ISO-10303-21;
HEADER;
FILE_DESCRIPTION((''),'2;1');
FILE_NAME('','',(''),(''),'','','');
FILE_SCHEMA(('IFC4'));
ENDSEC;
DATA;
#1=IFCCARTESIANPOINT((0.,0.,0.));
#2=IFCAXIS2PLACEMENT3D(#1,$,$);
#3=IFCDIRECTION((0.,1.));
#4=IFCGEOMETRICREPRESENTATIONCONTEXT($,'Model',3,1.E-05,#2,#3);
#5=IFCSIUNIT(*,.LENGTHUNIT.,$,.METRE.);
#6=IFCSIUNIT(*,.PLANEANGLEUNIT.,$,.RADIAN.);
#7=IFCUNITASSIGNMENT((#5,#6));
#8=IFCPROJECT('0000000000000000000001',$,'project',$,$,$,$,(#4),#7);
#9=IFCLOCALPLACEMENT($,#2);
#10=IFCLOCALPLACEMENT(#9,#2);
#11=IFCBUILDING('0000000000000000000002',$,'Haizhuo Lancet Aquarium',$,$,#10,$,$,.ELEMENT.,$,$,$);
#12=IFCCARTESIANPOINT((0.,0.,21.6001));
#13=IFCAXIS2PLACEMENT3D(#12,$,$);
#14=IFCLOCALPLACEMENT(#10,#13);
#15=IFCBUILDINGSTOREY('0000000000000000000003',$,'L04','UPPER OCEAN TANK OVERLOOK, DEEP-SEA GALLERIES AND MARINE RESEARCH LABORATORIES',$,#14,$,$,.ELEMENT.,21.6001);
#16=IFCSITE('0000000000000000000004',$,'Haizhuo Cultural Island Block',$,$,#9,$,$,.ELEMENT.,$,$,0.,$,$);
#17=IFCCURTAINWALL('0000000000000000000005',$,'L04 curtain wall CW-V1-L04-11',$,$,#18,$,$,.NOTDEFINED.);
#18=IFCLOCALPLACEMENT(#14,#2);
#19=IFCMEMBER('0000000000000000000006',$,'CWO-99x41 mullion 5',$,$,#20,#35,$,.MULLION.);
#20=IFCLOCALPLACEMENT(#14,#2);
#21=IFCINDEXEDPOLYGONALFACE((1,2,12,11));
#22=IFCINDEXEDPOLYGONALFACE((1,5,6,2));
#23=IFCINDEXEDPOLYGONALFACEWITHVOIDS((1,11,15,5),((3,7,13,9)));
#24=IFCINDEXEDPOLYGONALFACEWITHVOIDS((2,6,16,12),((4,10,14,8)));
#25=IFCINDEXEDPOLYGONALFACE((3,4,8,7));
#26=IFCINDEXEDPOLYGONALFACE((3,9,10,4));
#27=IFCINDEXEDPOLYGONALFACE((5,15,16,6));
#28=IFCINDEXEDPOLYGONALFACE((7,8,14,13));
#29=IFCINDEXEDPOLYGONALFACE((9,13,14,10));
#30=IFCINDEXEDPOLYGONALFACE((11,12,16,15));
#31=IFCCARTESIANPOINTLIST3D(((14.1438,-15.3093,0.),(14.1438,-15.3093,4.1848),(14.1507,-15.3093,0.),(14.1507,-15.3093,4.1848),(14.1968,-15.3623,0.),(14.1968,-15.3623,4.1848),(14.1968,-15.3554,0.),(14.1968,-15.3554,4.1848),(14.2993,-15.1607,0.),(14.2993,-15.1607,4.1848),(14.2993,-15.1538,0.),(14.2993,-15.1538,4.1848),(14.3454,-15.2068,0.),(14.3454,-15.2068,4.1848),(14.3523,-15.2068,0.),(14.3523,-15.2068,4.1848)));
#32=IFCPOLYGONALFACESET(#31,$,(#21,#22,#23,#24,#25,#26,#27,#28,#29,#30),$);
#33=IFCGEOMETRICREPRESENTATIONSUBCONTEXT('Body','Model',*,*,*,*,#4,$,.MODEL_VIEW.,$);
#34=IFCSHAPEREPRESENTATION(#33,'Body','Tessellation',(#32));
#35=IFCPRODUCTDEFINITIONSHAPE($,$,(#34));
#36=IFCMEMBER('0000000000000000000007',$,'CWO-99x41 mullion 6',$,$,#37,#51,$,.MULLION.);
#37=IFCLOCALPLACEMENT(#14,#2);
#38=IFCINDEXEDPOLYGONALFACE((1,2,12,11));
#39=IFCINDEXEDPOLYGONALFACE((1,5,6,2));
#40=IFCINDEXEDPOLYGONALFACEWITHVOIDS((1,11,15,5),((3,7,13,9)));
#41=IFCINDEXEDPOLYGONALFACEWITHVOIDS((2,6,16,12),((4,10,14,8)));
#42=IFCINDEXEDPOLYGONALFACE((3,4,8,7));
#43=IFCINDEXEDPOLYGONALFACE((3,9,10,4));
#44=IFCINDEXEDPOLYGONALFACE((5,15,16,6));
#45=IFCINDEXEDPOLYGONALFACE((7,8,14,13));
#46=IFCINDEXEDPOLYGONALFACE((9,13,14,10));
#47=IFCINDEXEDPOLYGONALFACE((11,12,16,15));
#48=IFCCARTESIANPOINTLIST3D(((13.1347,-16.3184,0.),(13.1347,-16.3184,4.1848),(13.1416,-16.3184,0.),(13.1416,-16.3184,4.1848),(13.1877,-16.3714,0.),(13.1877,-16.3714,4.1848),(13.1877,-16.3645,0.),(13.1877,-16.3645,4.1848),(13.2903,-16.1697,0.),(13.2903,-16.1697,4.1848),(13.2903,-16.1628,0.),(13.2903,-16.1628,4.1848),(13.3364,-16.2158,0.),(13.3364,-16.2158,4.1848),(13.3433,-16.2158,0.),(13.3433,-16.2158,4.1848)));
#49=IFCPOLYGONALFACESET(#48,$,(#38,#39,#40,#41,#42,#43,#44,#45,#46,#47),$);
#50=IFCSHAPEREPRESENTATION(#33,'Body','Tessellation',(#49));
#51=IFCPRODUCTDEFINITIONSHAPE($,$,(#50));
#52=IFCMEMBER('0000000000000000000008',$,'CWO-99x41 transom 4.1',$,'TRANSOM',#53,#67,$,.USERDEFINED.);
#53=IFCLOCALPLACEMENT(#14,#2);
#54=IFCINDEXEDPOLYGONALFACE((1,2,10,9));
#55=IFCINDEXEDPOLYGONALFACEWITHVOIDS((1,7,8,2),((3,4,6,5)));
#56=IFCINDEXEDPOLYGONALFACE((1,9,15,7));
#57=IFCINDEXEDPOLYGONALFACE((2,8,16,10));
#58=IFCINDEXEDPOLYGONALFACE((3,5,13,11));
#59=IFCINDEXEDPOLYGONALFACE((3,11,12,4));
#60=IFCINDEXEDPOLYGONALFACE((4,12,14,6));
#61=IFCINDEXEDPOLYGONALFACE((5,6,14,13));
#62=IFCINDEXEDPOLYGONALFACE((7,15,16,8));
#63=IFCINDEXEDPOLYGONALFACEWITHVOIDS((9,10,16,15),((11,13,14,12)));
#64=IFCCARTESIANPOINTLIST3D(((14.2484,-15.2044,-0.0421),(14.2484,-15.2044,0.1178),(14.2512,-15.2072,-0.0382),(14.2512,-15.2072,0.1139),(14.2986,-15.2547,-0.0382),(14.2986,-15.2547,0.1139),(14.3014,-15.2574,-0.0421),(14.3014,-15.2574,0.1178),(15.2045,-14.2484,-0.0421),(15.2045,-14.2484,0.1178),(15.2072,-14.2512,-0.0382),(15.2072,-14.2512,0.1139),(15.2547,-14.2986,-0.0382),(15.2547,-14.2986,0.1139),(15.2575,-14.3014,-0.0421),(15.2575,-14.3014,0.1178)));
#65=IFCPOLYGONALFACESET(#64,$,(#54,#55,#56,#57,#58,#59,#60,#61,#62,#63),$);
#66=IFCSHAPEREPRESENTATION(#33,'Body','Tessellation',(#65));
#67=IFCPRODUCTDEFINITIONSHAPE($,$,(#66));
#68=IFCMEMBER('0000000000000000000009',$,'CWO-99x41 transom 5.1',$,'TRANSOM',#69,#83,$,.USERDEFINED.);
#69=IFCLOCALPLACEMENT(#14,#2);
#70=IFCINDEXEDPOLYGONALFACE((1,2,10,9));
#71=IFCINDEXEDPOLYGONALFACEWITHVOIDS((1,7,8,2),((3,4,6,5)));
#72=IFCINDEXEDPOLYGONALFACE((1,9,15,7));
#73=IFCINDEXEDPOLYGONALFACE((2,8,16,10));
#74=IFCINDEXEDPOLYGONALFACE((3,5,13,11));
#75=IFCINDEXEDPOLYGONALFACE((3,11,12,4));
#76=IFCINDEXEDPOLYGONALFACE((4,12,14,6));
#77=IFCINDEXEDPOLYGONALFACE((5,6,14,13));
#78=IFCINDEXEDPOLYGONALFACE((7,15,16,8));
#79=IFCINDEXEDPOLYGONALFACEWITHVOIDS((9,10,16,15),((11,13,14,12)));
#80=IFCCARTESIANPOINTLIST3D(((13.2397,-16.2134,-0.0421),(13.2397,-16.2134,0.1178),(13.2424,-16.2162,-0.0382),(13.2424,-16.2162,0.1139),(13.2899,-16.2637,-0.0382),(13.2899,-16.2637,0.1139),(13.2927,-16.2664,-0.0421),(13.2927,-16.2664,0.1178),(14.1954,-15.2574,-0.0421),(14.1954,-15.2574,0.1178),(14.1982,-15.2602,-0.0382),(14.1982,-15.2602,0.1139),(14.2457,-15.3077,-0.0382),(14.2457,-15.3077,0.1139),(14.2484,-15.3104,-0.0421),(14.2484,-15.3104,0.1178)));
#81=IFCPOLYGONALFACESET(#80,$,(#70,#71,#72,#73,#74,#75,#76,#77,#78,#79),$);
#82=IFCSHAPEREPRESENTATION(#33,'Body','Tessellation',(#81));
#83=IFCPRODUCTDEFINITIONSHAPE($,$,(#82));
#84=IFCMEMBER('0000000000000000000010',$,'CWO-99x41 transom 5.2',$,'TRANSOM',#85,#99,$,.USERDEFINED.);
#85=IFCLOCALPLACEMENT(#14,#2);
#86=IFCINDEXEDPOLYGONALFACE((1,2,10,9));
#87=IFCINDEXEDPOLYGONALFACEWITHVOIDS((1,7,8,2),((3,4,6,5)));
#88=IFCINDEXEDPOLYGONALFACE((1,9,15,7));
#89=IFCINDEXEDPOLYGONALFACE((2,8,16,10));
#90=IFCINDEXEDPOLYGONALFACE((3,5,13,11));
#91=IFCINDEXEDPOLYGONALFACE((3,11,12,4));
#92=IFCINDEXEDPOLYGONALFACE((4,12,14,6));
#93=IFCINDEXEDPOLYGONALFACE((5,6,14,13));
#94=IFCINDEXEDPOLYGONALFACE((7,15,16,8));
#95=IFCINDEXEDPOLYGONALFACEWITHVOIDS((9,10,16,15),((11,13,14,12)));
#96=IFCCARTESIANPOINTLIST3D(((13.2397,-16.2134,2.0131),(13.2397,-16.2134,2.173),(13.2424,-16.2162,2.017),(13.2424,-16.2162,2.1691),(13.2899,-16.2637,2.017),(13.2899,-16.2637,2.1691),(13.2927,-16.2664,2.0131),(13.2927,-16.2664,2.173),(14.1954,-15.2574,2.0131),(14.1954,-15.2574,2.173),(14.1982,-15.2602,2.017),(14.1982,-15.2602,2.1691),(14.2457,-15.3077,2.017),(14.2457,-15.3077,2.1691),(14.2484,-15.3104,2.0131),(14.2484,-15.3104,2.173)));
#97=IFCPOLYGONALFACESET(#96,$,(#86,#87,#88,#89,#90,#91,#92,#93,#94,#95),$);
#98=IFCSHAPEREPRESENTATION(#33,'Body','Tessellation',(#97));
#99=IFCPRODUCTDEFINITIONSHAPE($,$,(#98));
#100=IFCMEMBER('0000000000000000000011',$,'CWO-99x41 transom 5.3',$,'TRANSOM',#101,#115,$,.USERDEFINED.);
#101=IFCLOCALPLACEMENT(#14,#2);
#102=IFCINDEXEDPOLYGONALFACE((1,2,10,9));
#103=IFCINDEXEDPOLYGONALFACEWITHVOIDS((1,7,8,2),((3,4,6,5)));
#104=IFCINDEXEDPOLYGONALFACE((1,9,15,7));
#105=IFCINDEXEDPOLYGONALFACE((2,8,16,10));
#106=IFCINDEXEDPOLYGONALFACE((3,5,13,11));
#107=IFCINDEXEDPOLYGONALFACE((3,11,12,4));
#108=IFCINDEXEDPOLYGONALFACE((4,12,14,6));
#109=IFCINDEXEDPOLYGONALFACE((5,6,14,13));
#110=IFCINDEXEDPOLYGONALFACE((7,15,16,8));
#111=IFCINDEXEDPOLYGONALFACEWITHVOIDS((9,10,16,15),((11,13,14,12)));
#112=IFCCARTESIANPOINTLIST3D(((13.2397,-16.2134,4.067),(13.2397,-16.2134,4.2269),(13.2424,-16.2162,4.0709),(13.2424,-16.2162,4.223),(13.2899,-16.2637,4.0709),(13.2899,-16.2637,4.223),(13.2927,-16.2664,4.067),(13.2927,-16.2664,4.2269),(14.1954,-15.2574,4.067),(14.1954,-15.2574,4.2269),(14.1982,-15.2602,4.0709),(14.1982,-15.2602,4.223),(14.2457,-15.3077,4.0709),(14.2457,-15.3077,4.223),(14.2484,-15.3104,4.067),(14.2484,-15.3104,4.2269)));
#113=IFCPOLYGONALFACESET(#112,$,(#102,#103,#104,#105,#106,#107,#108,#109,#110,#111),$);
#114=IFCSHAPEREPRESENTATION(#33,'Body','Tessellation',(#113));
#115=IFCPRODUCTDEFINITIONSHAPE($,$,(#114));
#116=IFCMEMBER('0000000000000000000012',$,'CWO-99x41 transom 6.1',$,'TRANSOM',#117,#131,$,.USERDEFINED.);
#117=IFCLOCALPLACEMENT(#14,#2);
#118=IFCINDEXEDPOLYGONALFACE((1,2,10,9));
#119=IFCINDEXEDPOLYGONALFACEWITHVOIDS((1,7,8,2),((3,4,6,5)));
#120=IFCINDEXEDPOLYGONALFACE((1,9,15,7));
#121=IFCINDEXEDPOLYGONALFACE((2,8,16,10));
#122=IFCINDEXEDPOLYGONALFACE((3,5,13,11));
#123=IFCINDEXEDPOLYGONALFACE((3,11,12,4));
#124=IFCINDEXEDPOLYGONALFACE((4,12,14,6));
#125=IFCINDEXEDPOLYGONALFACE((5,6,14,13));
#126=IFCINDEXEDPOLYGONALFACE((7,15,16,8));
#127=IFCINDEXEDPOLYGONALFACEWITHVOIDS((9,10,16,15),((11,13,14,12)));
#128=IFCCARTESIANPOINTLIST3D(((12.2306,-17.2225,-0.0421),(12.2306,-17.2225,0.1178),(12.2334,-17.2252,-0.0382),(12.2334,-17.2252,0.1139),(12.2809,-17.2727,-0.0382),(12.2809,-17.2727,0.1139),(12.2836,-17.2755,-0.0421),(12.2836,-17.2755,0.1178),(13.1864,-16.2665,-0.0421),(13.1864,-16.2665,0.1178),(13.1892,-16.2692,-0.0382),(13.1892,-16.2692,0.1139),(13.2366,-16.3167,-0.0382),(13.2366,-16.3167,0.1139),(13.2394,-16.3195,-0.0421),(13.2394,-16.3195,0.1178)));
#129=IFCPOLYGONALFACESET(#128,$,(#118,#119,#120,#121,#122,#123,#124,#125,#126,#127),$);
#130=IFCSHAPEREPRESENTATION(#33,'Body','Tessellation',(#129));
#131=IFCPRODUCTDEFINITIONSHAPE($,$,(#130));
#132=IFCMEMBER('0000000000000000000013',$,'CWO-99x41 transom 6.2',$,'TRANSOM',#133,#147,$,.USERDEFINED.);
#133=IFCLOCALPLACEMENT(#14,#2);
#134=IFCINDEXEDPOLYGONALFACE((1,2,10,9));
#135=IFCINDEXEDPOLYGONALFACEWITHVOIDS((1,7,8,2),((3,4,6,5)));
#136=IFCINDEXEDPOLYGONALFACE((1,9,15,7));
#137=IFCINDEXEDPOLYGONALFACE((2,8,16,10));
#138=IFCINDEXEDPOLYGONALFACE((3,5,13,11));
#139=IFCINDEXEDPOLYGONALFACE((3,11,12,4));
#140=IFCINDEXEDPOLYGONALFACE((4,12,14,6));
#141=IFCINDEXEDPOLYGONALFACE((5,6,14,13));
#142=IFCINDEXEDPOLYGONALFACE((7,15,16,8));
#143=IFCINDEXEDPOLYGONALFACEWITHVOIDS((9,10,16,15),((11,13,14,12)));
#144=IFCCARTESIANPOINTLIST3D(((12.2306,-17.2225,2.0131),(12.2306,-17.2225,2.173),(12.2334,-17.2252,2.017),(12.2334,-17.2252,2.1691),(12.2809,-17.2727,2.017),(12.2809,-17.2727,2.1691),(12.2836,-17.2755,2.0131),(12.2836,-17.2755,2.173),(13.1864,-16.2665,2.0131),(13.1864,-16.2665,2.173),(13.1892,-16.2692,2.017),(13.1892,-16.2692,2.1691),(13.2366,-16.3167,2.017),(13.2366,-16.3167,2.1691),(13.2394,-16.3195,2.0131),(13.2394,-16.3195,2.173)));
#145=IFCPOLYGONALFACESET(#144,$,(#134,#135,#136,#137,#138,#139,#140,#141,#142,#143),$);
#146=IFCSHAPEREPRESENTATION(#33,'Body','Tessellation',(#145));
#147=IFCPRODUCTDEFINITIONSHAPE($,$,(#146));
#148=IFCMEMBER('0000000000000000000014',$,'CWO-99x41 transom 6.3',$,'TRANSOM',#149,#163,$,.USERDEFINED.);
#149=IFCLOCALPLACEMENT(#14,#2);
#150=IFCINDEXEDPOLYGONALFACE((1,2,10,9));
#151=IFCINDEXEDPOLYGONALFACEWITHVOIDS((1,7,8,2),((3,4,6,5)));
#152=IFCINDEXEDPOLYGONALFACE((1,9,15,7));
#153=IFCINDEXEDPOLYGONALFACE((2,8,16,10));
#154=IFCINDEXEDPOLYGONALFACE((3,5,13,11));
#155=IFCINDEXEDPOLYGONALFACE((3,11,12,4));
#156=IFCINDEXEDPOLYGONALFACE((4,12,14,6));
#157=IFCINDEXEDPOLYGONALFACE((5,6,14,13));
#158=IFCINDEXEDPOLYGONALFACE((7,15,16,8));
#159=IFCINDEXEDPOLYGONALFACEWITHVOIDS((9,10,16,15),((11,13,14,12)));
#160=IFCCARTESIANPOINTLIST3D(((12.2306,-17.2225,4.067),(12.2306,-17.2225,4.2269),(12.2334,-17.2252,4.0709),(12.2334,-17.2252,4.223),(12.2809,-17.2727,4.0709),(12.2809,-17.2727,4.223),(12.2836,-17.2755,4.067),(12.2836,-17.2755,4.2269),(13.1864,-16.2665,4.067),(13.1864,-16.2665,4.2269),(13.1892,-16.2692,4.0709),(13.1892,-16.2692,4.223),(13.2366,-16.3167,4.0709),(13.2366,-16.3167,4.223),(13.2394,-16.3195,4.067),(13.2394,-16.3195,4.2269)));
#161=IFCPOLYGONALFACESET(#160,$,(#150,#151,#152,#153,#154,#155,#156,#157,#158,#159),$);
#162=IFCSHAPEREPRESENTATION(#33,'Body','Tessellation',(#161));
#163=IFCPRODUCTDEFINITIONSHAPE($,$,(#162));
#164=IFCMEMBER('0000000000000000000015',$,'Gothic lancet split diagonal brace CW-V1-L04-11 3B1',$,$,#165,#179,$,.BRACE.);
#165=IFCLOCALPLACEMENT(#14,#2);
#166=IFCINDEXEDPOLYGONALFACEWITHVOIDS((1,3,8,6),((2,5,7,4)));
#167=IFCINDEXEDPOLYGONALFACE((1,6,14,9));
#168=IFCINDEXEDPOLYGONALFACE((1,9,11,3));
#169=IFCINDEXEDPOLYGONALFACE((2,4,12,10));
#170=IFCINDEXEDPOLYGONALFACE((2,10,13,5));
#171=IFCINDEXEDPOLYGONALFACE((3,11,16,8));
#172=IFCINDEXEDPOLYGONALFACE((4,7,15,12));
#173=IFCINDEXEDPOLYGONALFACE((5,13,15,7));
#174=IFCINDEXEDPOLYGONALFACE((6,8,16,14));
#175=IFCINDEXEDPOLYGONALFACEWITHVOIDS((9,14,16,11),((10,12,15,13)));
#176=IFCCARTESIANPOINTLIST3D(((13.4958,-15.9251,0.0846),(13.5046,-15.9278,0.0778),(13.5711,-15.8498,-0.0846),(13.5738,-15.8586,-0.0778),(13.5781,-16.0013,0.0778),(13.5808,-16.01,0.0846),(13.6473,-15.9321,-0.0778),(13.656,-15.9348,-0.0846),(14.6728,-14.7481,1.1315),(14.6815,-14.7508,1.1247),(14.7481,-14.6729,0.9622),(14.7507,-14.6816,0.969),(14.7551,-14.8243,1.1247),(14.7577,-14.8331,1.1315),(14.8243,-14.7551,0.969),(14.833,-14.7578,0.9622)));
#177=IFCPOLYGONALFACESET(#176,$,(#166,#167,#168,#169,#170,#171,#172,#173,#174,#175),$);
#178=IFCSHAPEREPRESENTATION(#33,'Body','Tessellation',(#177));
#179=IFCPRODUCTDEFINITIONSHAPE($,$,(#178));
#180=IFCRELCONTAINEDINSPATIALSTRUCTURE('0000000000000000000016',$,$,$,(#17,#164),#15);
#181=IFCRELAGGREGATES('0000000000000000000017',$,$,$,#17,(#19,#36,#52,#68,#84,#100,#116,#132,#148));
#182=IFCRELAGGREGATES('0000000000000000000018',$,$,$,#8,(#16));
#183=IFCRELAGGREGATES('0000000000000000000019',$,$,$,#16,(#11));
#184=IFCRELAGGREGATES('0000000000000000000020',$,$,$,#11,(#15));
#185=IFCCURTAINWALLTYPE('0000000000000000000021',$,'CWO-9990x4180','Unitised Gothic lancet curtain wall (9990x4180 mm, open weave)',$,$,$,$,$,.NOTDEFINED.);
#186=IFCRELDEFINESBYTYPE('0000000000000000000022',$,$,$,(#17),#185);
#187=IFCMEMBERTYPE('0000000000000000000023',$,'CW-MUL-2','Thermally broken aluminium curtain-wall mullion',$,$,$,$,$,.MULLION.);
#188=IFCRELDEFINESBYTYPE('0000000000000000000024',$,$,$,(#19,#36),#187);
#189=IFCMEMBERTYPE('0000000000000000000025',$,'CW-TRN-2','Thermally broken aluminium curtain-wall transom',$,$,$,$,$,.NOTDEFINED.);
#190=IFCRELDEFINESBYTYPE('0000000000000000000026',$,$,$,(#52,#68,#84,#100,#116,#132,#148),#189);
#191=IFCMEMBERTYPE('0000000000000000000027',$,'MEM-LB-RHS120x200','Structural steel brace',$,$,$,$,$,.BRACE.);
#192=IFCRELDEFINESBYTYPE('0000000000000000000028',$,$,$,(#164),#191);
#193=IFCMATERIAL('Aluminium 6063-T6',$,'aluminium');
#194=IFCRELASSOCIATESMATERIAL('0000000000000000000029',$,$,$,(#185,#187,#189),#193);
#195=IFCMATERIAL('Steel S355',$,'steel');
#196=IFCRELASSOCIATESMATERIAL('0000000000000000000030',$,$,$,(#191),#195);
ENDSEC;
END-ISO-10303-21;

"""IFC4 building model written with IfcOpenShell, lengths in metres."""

from ifc_helpers import new_model, si_unit, direction, frame, origin, origin_2d, place, context, subcontext, project, spatial, hollow_rectangle, extrude, material, material_profile, profile_set, type_object, element, aggregate, save


model = new_model("IFC4")

# Units and contexts
model_context = context("Model", 3, precision=1e-05, world=origin(), true_north=direction((0.0, 1.0)))
body_context = subcontext(model_context, "Body", "Model", "MODEL_VIEW")
ifc_project = project(units=[si_unit("LENGTHUNIT", "METRE"), si_unit("PLANEANGLEUNIT", "RADIAN")], contexts=[model_context])

# Site, building, storey
site_placement = place(None, origin())
site = spatial("IfcSite", under=ifc_project, at=site_placement, Name="Haizhuo Cultural Island Block", CompositionType="ELEMENT", RefElevation=0.0)
building_placement = place(site_placement, origin())
building = spatial("IfcBuilding", under=site, at=building_placement, Name="Haizhuo Lancet Aquarium", CompositionType="ELEMENT")
storey_placement = place(building_placement, frame((0.0, 0.0, 21.6001)))
storey = spatial("IfcBuildingStorey", under=building, at=storey_placement, Name="L04", Description="UPPER OCEAN TANK OVERLOOK, DEEP-SEA GALLERIES AND MARINE RESEARCH LABORATORIES", CompositionType="ELEMENT", Elevation=21.6001)

# Curtain wall, members
ifc_material_1 = material(Name="Aluminium 6063-T6", Category="aluminium")
curtain_wall_type = type_object("IfcCurtainWallType", Name="CWO-9990x4180", Description="Unitised Gothic lancet curtain wall (9990x4180 mm, open weave)", PredefinedType="NOTDEFINED", material=ifc_material_1)
curtain_wall_placement = place(storey_placement, origin())
curtain_wall = element("IfcCurtainWall", 1, at=curtain_wall_placement, inside=storey, type_object=curtain_wall_type, Name="L04 curtain wall CW-V1-L04-11", PredefinedType="NOTDEFINED")
ifc_material_profile_1 = material_profile(ifc_material_1, hollow_rectangle(XDim=0.075, YDim=0.22, WallThickness=0.0049, at=origin_2d()), Name="ALU-M 75x220x5")
ifc_profile_set_1 = profile_set([ifc_material_profile_1], Name="Aluminium 6063-T6")
member_type_1 = type_object("IfcMemberType", Name="CW-MUL-2", Description="Thermally broken aluminium curtain-wall mullion", PredefinedType="MULLION", material=ifc_profile_set_1)
member_1_placement = place(storey_placement, frame((14.248, -15.2581, 0.0), z_axis=(0.0, 0.0, 1.0), x_axis=(0.707107, -0.707107, 0.0)))
member_1 = element("IfcMember", 2, at=member_1_placement, type_object=member_type_1, Name="CWO-99x41 mullion 5", PredefinedType="MULLION", context=body_context, shape_type="SweptSolid", body=[
    extrude(hollow_rectangle(XDim=0.075, YDim=0.22, WallThickness=0.0049, at=origin_2d()), origin(), (0.0, 0.0, 1.0), 4.1848),
])
member_2_placement = place(storey_placement, frame((13.239, -16.2671, 0.0), z_axis=(0.0, 0.0, 1.0), x_axis=(0.707107, -0.707107, 0.0)))
member_2 = element("IfcMember", 3, at=member_2_placement, type_object=member_type_1, Name="CWO-99x41 mullion 6", PredefinedType="MULLION", context=body_context, shape_type="SweptSolid", body=[
    extrude(hollow_rectangle(XDim=0.075, YDim=0.22, WallThickness=0.0049, at=origin_2d()), origin(), (0.0, 0.0, 1.0), 4.1848),
])
ifc_material_profile_2 = material_profile(ifc_material_1, hollow_rectangle(XDim=0.075, YDim=0.1599, WallThickness=0.0039, at=origin_2d()), Name="ALU-T 75x160x4")
ifc_profile_set_2 = profile_set([ifc_material_profile_2], Name="Aluminium 6063-T6")
member_type_2 = type_object("IfcMemberType", Name="CW-TRN-2", Description="Thermally broken aluminium curtain-wall transom", PredefinedType="NOTDEFINED", material=ifc_profile_set_2)
member_3_placement = place(storey_placement, frame((15.231, -14.2749, 0.0378), z_axis=(-0.707107, -0.707107, 0.0), x_axis=(0.707107, -0.707107, 0.0)))
member_3 = element("IfcMember", 4, at=member_3_placement, type_object=member_type_2, Name="CWO-99x41 transom 4.1", ObjectType="TRANSOM", PredefinedType="USERDEFINED", context=body_context, shape_type="SweptSolid", body=[
    extrude(hollow_rectangle(XDim=0.075, YDim=0.1599, WallThickness=0.0039, at=origin_2d()), origin(), (0.0, 0.0, 1.0), 1.3521),
])
member_4_placement = place(storey_placement, frame((14.2219, -15.2839, 0.0378), z_axis=(-0.707016, -0.707197, 0.0), x_axis=(0.707197, -0.707016, 0.0)))
member_4 = element("IfcMember", 5, at=member_4_placement, type_object=member_type_2, Name="CWO-99x41 transom 5.1", ObjectType="TRANSOM", PredefinedType="USERDEFINED", context=body_context, shape_type="SweptSolid", body=[
    extrude(hollow_rectangle(XDim=0.075, YDim=0.1599, WallThickness=0.0039, at=origin_2d()), origin(), (0.0, 0.0, 1.0), 1.3518),
])
member_5_placement = place(storey_placement, frame((14.2219, -15.2839, 2.093), z_axis=(-0.707016, -0.707197, 0.0), x_axis=(0.707197, -0.707016, 0.0)))
member_5 = element("IfcMember", 6, at=member_5_placement, type_object=member_type_2, Name="CWO-99x41 transom 5.2", ObjectType="TRANSOM", PredefinedType="USERDEFINED", context=body_context, shape_type="SweptSolid", body=[
    extrude(hollow_rectangle(XDim=0.075, YDim=0.1599, WallThickness=0.0039, at=origin_2d()), origin(), (0.0, 0.0, 1.0), 1.3518),
])
member_6_placement = place(storey_placement, frame((14.2219, -15.2839, 4.147), z_axis=(-0.707016, -0.707197, 0.0), x_axis=(0.707197, -0.707016, 0.0)))
member_6 = element("IfcMember", 7, at=member_6_placement, type_object=member_type_2, Name="CWO-99x41 transom 5.3", ObjectType="TRANSOM", PredefinedType="USERDEFINED", context=body_context, shape_type="SweptSolid", body=[
    extrude(hollow_rectangle(XDim=0.075, YDim=0.1599, WallThickness=0.0039, at=origin_2d()), origin(), (0.0, 0.0, 1.0), 1.3518),
])
member_7_placement = place(storey_placement, frame((13.2129, -16.293, 0.0378), z_axis=(-0.707016, -0.707197, 0.0), x_axis=(0.707197, -0.707016, 0.0)))
member_7 = element("IfcMember", 8, at=member_7_placement, type_object=member_type_2, Name="CWO-99x41 transom 6.1", ObjectType="TRANSOM", PredefinedType="USERDEFINED", context=body_context, shape_type="SweptSolid", body=[
    extrude(hollow_rectangle(XDim=0.075, YDim=0.1599, WallThickness=0.0039, at=origin_2d()), origin(), (0.0, 0.0, 1.0), 1.3518),
])
member_8_placement = place(storey_placement, frame((13.2129, -16.293, 2.093), z_axis=(-0.707016, -0.707197, 0.0), x_axis=(0.707197, -0.707016, 0.0)))
member_8 = element("IfcMember", 9, at=member_8_placement, type_object=member_type_2, Name="CWO-99x41 transom 6.2", ObjectType="TRANSOM", PredefinedType="USERDEFINED", context=body_context, shape_type="SweptSolid", body=[
    extrude(hollow_rectangle(XDim=0.075, YDim=0.1599, WallThickness=0.0039, at=origin_2d()), origin(), (0.0, 0.0, 1.0), 1.3518),
])
member_9_placement = place(storey_placement, frame((13.2129, -16.293, 4.147), z_axis=(-0.707016, -0.707197, 0.0), x_axis=(0.707197, -0.707016, 0.0)))
member_9 = element("IfcMember", 10, at=member_9_placement, type_object=member_type_2, Name="CWO-99x41 transom 6.3", ObjectType="TRANSOM", PredefinedType="USERDEFINED", context=body_context, shape_type="SweptSolid", body=[
    extrude(hollow_rectangle(XDim=0.075, YDim=0.1599, WallThickness=0.0039, at=origin_2d()), origin(), (0.0, 0.0, 1.0), 1.3518),
])

# Member
ifc_material_2 = material(Name="Steel S355", Category="steel")
ifc_material_profile_3 = material_profile(ifc_material_2, hollow_rectangle(XDim=0.1201, YDim=0.2, WallThickness=0.0081, at=origin_2d()), Name="RHS 120x200x8")
ifc_profile_set_3 = profile_set([ifc_material_profile_3], Name="Steel S355")
member_type_3 = type_object("IfcMemberType", Name="MEM-LB-RHS120x200", Description="Structural steel brace", PredefinedType="BRACE", material=ifc_profile_set_3)
member_10_placement = place(storey_placement, frame((13.5759, -15.9299, 0.0), z_axis=(0.598566, 0.598566, 0.532389), x_axis=(-0.707107, 0.707107, 0.0)))
element("IfcMember", 11, at=member_10_placement, inside=storey, type_object=member_type_3, Name="Gothic lancet split diagonal brace CW-V1-L04-11 3B1", PredefinedType="BRACE", context=body_context, shape_type="SweptSolid", body=[
    extrude(hollow_rectangle(XDim=0.1201, YDim=0.2, WallThickness=0.0081, at=origin_2d()), origin(), (0.0, 0.0, 1.0), 1.9663),
])

aggregate(curtain_wall, [member_1, member_2, member_3, member_4, member_5, member_6, member_7, member_8, member_9])

save(model, "model.ifc")
